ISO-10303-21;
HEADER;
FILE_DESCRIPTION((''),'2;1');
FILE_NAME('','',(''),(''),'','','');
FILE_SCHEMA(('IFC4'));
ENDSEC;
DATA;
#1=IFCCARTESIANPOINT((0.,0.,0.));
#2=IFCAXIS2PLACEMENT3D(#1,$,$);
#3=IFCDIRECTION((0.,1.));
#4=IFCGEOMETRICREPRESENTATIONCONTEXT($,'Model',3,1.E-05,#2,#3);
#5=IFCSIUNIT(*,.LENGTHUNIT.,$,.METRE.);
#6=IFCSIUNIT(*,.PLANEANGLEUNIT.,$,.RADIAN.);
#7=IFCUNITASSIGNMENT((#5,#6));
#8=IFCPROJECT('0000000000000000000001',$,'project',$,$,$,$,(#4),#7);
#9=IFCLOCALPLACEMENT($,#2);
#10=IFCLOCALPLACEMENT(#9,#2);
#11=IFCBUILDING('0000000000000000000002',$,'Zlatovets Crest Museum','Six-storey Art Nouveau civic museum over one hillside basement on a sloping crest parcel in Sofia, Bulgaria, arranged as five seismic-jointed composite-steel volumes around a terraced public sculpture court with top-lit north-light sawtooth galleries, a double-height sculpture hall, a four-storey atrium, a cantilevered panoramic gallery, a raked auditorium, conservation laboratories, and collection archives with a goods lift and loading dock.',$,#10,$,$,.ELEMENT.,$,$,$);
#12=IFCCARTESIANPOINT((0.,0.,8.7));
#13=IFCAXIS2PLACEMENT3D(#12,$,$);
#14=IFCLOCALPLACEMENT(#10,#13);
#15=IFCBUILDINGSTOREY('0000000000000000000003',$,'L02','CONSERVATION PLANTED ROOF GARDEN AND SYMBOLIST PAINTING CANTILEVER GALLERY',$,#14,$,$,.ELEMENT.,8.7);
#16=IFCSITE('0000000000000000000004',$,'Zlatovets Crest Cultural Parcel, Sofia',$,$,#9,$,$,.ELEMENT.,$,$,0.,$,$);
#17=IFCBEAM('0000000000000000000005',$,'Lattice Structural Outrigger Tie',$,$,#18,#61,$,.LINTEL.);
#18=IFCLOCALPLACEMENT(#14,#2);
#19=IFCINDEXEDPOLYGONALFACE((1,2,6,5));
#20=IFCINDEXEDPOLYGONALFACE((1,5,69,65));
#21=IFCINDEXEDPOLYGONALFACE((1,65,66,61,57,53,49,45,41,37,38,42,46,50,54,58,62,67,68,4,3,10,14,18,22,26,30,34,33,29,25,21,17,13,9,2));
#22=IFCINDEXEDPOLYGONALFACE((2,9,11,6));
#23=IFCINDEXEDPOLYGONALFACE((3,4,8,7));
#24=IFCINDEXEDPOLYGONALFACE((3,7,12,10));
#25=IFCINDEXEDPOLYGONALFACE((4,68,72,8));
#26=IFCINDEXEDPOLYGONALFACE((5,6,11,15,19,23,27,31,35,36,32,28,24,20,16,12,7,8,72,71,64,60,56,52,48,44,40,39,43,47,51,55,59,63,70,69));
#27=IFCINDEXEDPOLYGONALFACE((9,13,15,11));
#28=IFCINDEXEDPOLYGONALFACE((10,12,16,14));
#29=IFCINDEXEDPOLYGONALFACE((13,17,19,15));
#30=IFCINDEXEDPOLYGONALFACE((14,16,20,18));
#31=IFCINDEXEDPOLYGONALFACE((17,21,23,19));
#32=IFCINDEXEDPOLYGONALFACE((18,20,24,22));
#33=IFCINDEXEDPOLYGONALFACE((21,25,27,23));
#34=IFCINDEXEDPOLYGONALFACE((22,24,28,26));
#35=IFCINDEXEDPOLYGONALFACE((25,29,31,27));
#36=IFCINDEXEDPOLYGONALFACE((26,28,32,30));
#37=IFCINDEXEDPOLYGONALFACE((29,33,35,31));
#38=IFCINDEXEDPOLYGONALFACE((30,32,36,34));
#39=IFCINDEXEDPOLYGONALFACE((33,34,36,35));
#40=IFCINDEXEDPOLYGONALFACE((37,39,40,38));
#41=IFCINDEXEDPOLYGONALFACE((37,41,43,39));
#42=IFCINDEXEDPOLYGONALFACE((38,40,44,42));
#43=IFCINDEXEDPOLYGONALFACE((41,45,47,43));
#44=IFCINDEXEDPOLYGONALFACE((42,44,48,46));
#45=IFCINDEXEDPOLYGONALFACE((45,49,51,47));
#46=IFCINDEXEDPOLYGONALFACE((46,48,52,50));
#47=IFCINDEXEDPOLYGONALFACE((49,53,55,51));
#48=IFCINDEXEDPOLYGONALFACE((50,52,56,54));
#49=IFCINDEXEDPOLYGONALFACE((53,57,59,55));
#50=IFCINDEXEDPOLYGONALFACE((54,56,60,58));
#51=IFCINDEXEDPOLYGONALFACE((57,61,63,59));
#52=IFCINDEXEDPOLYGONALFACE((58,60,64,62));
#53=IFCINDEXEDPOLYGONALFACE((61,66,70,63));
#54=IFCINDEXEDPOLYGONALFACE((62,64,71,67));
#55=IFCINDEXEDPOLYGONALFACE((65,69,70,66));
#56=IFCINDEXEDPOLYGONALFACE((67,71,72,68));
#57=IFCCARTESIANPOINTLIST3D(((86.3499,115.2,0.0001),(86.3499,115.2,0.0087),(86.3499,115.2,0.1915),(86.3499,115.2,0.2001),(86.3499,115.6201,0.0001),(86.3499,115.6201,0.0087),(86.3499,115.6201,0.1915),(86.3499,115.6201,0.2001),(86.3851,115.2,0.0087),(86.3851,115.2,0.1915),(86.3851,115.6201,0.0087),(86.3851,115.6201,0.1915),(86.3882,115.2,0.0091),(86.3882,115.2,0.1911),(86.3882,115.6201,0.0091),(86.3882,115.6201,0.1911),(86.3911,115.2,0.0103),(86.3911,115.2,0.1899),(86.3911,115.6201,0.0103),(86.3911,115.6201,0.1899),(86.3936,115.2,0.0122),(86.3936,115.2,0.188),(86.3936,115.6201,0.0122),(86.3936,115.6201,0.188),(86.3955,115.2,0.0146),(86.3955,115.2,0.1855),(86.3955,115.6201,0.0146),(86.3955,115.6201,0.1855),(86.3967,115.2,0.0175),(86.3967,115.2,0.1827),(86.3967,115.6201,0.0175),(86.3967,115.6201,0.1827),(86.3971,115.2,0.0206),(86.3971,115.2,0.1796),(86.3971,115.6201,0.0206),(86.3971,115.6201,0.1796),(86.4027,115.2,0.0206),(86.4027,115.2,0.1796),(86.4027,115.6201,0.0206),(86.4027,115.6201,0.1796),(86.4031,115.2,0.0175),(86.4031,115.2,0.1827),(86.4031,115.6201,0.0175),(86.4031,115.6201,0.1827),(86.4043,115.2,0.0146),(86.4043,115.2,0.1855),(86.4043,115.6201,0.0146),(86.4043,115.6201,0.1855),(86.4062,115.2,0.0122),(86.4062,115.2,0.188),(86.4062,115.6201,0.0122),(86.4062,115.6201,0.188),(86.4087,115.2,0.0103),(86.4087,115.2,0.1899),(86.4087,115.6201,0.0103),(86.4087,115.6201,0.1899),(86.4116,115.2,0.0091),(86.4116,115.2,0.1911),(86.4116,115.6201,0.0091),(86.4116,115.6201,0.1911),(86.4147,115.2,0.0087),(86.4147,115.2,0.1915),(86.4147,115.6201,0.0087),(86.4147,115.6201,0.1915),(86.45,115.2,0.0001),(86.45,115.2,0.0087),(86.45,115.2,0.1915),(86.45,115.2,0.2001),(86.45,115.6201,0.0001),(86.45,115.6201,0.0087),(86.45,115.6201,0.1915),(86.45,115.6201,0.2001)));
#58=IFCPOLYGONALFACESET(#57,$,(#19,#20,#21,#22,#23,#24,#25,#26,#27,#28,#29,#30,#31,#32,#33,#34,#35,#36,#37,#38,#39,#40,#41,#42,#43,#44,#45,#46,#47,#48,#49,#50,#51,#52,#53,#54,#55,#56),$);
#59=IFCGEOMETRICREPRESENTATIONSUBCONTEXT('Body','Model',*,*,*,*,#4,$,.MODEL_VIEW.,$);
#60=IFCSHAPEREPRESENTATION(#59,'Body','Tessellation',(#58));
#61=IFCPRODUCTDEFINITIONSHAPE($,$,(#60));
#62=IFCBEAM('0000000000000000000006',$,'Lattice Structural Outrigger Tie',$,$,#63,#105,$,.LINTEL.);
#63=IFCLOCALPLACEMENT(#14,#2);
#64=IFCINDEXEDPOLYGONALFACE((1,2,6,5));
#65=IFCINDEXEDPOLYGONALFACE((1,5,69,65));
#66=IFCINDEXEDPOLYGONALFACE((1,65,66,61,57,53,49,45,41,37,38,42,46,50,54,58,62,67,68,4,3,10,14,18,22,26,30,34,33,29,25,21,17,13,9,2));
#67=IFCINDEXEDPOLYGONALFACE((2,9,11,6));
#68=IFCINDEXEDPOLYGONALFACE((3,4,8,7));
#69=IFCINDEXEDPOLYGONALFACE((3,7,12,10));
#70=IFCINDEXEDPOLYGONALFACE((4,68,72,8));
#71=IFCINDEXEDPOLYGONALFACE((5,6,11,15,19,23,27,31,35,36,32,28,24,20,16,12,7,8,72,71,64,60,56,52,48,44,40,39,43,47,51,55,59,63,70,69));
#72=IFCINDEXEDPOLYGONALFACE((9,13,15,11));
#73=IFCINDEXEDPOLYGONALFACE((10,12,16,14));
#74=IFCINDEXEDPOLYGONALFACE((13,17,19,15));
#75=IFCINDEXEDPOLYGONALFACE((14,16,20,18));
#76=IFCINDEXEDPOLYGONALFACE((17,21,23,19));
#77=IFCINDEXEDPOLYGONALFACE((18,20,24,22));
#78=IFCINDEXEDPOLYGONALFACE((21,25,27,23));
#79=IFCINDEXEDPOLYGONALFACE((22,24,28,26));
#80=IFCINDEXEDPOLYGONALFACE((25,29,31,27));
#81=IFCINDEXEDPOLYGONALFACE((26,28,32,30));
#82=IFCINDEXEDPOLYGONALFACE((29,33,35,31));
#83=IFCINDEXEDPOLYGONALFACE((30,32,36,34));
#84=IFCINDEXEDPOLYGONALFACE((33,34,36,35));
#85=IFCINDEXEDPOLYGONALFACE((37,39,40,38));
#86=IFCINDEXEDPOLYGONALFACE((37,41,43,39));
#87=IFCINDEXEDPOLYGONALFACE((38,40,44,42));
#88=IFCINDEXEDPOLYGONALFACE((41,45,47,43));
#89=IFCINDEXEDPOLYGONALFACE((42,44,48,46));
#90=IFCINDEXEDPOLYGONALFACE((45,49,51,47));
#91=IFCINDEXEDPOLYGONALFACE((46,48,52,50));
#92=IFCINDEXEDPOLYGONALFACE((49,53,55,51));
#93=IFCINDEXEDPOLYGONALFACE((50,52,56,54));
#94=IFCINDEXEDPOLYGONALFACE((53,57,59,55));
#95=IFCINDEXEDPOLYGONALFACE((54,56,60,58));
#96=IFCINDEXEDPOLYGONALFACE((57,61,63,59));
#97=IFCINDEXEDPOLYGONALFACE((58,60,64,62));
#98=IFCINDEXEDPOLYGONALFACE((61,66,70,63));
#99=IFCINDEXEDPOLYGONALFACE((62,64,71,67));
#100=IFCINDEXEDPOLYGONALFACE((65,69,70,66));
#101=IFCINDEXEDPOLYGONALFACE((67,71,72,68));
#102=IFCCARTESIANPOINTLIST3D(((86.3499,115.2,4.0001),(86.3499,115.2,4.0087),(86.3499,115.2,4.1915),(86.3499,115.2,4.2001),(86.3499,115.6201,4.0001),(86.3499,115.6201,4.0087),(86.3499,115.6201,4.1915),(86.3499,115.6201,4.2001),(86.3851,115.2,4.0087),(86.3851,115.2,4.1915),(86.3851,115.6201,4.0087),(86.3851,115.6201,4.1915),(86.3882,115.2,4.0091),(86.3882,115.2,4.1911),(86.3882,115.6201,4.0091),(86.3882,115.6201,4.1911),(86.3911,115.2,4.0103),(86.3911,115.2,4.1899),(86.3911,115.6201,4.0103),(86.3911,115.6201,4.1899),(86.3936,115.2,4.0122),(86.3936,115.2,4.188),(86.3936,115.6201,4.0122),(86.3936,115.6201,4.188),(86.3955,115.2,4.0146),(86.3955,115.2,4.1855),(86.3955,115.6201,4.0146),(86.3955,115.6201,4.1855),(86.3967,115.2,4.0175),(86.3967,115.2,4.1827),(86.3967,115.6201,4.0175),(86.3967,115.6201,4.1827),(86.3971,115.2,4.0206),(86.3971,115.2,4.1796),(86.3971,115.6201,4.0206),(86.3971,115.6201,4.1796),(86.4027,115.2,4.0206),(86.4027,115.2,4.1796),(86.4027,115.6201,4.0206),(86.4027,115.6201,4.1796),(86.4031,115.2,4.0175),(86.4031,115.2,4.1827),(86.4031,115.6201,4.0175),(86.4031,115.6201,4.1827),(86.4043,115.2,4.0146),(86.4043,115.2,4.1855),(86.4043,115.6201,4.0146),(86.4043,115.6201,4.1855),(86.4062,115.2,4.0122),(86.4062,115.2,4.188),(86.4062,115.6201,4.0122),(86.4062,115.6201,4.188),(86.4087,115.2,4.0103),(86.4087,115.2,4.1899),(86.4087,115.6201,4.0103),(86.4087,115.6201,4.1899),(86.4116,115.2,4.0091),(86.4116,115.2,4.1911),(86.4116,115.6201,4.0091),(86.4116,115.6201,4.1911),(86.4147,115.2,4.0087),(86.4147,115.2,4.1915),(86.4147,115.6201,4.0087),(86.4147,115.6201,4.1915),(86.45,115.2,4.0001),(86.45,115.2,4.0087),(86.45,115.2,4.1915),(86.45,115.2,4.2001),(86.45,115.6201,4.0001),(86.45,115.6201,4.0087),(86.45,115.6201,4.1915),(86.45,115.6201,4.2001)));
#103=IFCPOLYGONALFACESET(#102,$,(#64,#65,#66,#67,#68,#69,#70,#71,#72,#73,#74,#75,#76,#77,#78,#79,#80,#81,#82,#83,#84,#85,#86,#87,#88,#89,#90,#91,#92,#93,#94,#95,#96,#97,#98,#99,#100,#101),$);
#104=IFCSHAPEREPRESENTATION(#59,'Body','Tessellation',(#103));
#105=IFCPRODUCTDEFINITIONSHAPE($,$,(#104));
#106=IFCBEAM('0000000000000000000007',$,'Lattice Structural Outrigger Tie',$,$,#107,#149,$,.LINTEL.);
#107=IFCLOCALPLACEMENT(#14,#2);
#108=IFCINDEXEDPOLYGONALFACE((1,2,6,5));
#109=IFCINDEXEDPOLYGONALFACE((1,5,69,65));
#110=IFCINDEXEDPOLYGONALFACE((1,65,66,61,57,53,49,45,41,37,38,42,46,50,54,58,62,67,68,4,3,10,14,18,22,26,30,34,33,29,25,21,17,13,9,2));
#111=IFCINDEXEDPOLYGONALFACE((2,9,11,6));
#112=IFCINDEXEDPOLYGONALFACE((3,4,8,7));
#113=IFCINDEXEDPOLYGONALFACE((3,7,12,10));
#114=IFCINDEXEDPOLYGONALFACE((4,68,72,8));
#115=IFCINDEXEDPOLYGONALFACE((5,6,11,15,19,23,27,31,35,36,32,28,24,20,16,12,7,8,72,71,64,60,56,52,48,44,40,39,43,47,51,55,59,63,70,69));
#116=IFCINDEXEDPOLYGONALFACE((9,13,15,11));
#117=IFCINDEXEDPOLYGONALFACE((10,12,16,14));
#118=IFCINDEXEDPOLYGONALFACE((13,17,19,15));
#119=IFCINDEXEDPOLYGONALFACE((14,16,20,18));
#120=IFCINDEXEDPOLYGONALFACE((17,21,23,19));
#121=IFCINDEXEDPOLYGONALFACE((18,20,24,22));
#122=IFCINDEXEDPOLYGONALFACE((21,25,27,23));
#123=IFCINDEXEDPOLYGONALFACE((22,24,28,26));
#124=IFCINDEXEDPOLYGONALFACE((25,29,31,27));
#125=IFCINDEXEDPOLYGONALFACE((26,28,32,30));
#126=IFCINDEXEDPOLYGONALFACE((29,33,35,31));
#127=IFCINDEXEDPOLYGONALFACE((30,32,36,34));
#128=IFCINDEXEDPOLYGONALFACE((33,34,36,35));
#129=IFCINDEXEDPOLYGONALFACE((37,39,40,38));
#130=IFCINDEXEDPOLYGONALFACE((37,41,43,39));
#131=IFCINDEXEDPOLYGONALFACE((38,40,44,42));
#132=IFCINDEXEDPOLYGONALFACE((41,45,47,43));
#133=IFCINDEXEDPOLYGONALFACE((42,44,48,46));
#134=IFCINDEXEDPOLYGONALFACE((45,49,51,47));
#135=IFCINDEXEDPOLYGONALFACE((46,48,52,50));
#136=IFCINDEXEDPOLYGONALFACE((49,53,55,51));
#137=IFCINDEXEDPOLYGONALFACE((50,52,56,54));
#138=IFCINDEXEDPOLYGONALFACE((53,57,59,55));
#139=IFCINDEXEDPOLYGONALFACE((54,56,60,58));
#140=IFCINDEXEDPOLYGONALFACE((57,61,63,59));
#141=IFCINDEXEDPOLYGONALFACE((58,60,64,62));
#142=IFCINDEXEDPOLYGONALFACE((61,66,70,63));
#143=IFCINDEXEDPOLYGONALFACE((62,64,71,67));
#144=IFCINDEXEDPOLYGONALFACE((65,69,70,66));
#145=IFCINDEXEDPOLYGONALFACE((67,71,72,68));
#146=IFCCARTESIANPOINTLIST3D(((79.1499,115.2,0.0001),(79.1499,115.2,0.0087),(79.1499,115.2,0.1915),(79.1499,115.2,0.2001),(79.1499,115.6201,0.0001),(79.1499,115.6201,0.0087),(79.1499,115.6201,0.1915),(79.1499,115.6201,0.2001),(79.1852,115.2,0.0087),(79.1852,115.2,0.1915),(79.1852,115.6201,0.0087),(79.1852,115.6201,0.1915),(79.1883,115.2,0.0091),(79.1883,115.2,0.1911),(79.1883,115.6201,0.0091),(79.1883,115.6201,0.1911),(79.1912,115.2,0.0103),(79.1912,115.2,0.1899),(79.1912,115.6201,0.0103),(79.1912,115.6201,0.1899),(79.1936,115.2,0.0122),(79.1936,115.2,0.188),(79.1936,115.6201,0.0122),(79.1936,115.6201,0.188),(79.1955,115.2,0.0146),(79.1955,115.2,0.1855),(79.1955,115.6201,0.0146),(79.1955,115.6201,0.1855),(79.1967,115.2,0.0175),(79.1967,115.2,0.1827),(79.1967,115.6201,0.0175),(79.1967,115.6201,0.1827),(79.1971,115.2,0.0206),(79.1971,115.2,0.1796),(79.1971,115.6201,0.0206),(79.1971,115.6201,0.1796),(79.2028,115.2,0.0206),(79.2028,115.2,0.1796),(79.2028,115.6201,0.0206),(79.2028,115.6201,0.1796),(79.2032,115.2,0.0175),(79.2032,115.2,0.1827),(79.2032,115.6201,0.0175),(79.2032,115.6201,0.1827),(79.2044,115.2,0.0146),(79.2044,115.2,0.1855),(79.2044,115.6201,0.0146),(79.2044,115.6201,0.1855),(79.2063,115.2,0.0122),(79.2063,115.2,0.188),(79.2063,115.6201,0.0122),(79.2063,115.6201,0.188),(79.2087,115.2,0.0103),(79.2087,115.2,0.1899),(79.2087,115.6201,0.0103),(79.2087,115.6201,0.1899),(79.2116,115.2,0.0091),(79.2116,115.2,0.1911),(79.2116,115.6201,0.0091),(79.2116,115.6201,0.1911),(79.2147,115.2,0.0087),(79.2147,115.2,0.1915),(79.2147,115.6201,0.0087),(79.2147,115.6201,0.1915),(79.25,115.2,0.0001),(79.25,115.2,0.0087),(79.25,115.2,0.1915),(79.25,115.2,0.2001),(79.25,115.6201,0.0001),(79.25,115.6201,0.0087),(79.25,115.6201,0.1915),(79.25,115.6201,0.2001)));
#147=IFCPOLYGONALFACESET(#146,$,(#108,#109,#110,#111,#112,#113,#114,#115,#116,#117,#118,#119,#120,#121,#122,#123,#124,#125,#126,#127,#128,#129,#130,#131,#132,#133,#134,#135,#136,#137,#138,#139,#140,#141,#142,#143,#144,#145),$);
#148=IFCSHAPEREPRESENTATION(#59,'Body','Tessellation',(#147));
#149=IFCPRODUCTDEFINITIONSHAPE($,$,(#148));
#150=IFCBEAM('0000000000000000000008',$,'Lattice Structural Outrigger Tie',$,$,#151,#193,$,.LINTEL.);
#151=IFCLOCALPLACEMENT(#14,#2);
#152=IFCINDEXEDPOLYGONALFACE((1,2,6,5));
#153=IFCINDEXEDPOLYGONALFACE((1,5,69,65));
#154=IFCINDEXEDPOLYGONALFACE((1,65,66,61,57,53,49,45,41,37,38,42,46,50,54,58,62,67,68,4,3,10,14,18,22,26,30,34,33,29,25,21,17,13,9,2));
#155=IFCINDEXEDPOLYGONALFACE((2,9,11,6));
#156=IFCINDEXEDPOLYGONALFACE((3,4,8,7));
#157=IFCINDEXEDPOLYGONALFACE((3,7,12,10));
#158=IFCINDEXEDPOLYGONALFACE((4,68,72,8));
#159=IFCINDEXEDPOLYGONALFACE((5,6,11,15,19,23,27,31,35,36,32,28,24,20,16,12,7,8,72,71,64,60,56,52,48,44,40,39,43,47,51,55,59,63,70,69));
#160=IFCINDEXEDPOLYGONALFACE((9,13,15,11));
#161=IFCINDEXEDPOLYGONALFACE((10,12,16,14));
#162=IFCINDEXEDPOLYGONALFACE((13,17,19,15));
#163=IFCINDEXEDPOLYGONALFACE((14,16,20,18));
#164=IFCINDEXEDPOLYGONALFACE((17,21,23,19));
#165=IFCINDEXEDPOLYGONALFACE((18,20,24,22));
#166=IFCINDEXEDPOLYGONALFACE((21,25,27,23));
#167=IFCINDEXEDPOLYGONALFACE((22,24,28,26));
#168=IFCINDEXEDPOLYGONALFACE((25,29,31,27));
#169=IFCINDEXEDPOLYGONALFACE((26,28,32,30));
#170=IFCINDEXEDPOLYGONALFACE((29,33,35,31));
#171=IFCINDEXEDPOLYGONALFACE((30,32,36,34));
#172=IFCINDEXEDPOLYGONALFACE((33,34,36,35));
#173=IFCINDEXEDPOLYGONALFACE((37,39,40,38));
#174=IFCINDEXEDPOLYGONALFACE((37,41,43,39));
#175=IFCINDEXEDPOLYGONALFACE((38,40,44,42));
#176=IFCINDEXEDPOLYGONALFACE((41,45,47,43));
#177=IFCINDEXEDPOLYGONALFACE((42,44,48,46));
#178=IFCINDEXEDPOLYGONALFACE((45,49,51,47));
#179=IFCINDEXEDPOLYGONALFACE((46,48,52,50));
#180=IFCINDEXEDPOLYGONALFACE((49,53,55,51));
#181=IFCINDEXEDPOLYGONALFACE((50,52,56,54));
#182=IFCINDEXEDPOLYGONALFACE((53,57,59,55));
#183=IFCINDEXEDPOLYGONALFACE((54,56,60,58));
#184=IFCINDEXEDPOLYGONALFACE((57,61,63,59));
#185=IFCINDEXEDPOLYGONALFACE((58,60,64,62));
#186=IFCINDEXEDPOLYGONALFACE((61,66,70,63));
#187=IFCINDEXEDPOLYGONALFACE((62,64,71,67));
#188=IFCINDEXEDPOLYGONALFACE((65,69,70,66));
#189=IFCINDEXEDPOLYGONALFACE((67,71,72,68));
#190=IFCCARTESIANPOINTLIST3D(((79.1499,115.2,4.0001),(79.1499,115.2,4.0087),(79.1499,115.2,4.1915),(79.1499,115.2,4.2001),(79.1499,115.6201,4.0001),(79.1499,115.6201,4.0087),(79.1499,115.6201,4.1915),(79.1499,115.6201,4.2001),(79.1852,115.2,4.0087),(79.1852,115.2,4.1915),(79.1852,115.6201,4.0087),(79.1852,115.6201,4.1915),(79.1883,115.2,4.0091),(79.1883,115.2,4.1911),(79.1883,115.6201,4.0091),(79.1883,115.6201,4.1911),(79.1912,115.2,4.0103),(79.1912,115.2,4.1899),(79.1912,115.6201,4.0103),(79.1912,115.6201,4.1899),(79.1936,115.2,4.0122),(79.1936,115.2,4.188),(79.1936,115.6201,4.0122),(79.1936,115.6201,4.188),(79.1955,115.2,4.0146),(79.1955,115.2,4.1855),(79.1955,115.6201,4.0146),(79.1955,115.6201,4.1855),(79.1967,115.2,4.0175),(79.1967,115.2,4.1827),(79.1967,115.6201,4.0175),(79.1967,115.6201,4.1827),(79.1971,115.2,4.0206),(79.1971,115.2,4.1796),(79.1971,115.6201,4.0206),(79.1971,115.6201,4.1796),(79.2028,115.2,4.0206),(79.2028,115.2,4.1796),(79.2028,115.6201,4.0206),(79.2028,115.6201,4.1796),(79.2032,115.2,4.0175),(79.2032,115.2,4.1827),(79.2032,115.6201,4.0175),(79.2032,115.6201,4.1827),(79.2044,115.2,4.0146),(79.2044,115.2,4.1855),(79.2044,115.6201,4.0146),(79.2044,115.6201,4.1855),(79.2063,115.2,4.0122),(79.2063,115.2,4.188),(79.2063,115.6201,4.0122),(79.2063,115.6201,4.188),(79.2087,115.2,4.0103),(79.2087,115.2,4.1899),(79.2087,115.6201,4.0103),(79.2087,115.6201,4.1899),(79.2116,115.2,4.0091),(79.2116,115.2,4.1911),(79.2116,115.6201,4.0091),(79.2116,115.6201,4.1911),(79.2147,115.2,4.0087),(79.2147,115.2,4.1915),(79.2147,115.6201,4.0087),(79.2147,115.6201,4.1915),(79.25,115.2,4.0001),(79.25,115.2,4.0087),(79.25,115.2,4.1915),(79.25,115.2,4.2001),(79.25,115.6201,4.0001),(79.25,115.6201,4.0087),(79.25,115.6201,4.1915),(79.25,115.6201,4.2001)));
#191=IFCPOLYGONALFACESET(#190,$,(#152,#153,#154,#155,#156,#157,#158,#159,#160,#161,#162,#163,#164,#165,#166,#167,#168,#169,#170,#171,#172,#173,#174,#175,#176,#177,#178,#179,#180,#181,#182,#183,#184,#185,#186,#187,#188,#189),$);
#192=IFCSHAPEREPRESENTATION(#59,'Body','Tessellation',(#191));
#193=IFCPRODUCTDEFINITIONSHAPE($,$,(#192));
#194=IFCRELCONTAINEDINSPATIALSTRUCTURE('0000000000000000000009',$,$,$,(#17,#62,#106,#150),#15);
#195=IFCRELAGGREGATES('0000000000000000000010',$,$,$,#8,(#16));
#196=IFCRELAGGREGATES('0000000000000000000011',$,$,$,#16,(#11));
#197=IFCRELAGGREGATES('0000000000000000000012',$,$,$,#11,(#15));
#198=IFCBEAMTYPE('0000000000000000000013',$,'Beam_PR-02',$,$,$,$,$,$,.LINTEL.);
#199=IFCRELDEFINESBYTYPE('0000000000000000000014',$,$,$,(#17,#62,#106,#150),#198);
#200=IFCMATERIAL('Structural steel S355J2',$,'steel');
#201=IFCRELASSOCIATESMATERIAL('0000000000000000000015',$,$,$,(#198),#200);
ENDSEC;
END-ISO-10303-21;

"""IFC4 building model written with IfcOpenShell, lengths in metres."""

from ifc_helpers import new_model, si_unit, direction, frame, origin, origin_2d, place, context, subcontext, project, spatial, i_section, extrude, material, material_profile, profile_set, type_object, element, save


model = new_model("IFC4")

# Units and contexts
model_context = context("Model", 3, precision=1e-05, world=origin(), true_north=direction((0.0, 1.0)))
body_context = subcontext(model_context, "Body", "Model", "MODEL_VIEW")
ifc_project = project(units=[si_unit("LENGTHUNIT", "METRE"), si_unit("PLANEANGLEUNIT", "RADIAN")], contexts=[model_context])

# Site, building, storey
site_placement = place(None, origin())
site = spatial("IfcSite", under=ifc_project, at=site_placement, Name="Zlatovets Crest Cultural Parcel, Sofia", CompositionType="ELEMENT", RefElevation=0.0)
building_placement = place(site_placement, origin())
building = spatial("IfcBuilding", under=site, at=building_placement, Name="Zlatovets Crest Museum", Description="Six-storey Art Nouveau civic museum over one hillside basement on a sloping crest parcel in Sofia, Bulgaria, arranged as five seismic-jointed composite-steel volumes around a terraced public sculpture court with top-lit north-light sawtooth galleries, a double-height sculpture hall, a four-storey atrium, a cantilevered panoramic gallery, a raked auditorium, conservation laboratories, and collection archives with a goods lift and loading dock.", CompositionType="ELEMENT")
storey_placement = place(building_placement, frame((0.0, 0.0, 8.7)))
storey = spatial("IfcBuildingStorey", under=building, at=storey_placement, Name="L02", Description="CONSERVATION PLANTED ROOF GARDEN AND SYMBOLIST PAINTING CANTILEVER GALLERY", CompositionType="ELEMENT", Elevation=8.7)

# Shared definitions
ifc_material_1 = material(Name="Structural steel S355J2", Category="steel")

# Beams
ifc_material_profile_1 = material_profile(ifc_material_1, i_section(OverallWidth=0.1001, OverallDepth=0.2, WebThickness=0.0056, FlangeThickness=0.0085, FilletRadius=0.012, at=origin_2d()), Name="IPE 200")
ifc_profile_set_1 = profile_set([ifc_material_profile_1], Name="Structural steel S355J2")
beam_type_1 = type_object("IfcBeamType", Name="Beam_PR-02", PredefinedType="LINTEL", material=ifc_profile_set_1)
for number, where, z_axis, x_axis, name in (
    (1, (86.3999, 115.2, 0.1001), (0.0, 1.0, 0.0), (-1.0, 0.0, 0.0), "Lattice Structural Outrigger Tie"),
    (2, (86.3999, 115.2, 4.1001), (0.0, 1.0, 0.0), (-1.0, 0.0, 0.0), "Lattice Structural Outrigger Tie"),
    (3, (79.2, 115.2, 0.1001), (0.0, 1.0, 0.0), (-1.0, 0.0, 0.0), "Lattice Structural Outrigger Tie"),
    (4, (79.2, 115.2, 4.1001), (0.0, 1.0, 0.0), (-1.0, 0.0, 0.0), "Lattice Structural Outrigger Tie"),
):
    element("IfcBeam", number, at=place(storey_placement, frame(where, z_axis=z_axis, x_axis=x_axis)), inside=storey, type_object=beam_type_1, Name=name, PredefinedType="LINTEL", context=body_context, shape_type="SweptSolid", body=[
        extrude(i_section(OverallWidth=0.1001, OverallDepth=0.2, WebThickness=0.0056, FlangeThickness=0.0085, FilletRadius=0.012, at=origin_2d()), origin(), (0.0, 0.0, 1.0), 0.4202),
    ])

save(model, "model.ifc")
